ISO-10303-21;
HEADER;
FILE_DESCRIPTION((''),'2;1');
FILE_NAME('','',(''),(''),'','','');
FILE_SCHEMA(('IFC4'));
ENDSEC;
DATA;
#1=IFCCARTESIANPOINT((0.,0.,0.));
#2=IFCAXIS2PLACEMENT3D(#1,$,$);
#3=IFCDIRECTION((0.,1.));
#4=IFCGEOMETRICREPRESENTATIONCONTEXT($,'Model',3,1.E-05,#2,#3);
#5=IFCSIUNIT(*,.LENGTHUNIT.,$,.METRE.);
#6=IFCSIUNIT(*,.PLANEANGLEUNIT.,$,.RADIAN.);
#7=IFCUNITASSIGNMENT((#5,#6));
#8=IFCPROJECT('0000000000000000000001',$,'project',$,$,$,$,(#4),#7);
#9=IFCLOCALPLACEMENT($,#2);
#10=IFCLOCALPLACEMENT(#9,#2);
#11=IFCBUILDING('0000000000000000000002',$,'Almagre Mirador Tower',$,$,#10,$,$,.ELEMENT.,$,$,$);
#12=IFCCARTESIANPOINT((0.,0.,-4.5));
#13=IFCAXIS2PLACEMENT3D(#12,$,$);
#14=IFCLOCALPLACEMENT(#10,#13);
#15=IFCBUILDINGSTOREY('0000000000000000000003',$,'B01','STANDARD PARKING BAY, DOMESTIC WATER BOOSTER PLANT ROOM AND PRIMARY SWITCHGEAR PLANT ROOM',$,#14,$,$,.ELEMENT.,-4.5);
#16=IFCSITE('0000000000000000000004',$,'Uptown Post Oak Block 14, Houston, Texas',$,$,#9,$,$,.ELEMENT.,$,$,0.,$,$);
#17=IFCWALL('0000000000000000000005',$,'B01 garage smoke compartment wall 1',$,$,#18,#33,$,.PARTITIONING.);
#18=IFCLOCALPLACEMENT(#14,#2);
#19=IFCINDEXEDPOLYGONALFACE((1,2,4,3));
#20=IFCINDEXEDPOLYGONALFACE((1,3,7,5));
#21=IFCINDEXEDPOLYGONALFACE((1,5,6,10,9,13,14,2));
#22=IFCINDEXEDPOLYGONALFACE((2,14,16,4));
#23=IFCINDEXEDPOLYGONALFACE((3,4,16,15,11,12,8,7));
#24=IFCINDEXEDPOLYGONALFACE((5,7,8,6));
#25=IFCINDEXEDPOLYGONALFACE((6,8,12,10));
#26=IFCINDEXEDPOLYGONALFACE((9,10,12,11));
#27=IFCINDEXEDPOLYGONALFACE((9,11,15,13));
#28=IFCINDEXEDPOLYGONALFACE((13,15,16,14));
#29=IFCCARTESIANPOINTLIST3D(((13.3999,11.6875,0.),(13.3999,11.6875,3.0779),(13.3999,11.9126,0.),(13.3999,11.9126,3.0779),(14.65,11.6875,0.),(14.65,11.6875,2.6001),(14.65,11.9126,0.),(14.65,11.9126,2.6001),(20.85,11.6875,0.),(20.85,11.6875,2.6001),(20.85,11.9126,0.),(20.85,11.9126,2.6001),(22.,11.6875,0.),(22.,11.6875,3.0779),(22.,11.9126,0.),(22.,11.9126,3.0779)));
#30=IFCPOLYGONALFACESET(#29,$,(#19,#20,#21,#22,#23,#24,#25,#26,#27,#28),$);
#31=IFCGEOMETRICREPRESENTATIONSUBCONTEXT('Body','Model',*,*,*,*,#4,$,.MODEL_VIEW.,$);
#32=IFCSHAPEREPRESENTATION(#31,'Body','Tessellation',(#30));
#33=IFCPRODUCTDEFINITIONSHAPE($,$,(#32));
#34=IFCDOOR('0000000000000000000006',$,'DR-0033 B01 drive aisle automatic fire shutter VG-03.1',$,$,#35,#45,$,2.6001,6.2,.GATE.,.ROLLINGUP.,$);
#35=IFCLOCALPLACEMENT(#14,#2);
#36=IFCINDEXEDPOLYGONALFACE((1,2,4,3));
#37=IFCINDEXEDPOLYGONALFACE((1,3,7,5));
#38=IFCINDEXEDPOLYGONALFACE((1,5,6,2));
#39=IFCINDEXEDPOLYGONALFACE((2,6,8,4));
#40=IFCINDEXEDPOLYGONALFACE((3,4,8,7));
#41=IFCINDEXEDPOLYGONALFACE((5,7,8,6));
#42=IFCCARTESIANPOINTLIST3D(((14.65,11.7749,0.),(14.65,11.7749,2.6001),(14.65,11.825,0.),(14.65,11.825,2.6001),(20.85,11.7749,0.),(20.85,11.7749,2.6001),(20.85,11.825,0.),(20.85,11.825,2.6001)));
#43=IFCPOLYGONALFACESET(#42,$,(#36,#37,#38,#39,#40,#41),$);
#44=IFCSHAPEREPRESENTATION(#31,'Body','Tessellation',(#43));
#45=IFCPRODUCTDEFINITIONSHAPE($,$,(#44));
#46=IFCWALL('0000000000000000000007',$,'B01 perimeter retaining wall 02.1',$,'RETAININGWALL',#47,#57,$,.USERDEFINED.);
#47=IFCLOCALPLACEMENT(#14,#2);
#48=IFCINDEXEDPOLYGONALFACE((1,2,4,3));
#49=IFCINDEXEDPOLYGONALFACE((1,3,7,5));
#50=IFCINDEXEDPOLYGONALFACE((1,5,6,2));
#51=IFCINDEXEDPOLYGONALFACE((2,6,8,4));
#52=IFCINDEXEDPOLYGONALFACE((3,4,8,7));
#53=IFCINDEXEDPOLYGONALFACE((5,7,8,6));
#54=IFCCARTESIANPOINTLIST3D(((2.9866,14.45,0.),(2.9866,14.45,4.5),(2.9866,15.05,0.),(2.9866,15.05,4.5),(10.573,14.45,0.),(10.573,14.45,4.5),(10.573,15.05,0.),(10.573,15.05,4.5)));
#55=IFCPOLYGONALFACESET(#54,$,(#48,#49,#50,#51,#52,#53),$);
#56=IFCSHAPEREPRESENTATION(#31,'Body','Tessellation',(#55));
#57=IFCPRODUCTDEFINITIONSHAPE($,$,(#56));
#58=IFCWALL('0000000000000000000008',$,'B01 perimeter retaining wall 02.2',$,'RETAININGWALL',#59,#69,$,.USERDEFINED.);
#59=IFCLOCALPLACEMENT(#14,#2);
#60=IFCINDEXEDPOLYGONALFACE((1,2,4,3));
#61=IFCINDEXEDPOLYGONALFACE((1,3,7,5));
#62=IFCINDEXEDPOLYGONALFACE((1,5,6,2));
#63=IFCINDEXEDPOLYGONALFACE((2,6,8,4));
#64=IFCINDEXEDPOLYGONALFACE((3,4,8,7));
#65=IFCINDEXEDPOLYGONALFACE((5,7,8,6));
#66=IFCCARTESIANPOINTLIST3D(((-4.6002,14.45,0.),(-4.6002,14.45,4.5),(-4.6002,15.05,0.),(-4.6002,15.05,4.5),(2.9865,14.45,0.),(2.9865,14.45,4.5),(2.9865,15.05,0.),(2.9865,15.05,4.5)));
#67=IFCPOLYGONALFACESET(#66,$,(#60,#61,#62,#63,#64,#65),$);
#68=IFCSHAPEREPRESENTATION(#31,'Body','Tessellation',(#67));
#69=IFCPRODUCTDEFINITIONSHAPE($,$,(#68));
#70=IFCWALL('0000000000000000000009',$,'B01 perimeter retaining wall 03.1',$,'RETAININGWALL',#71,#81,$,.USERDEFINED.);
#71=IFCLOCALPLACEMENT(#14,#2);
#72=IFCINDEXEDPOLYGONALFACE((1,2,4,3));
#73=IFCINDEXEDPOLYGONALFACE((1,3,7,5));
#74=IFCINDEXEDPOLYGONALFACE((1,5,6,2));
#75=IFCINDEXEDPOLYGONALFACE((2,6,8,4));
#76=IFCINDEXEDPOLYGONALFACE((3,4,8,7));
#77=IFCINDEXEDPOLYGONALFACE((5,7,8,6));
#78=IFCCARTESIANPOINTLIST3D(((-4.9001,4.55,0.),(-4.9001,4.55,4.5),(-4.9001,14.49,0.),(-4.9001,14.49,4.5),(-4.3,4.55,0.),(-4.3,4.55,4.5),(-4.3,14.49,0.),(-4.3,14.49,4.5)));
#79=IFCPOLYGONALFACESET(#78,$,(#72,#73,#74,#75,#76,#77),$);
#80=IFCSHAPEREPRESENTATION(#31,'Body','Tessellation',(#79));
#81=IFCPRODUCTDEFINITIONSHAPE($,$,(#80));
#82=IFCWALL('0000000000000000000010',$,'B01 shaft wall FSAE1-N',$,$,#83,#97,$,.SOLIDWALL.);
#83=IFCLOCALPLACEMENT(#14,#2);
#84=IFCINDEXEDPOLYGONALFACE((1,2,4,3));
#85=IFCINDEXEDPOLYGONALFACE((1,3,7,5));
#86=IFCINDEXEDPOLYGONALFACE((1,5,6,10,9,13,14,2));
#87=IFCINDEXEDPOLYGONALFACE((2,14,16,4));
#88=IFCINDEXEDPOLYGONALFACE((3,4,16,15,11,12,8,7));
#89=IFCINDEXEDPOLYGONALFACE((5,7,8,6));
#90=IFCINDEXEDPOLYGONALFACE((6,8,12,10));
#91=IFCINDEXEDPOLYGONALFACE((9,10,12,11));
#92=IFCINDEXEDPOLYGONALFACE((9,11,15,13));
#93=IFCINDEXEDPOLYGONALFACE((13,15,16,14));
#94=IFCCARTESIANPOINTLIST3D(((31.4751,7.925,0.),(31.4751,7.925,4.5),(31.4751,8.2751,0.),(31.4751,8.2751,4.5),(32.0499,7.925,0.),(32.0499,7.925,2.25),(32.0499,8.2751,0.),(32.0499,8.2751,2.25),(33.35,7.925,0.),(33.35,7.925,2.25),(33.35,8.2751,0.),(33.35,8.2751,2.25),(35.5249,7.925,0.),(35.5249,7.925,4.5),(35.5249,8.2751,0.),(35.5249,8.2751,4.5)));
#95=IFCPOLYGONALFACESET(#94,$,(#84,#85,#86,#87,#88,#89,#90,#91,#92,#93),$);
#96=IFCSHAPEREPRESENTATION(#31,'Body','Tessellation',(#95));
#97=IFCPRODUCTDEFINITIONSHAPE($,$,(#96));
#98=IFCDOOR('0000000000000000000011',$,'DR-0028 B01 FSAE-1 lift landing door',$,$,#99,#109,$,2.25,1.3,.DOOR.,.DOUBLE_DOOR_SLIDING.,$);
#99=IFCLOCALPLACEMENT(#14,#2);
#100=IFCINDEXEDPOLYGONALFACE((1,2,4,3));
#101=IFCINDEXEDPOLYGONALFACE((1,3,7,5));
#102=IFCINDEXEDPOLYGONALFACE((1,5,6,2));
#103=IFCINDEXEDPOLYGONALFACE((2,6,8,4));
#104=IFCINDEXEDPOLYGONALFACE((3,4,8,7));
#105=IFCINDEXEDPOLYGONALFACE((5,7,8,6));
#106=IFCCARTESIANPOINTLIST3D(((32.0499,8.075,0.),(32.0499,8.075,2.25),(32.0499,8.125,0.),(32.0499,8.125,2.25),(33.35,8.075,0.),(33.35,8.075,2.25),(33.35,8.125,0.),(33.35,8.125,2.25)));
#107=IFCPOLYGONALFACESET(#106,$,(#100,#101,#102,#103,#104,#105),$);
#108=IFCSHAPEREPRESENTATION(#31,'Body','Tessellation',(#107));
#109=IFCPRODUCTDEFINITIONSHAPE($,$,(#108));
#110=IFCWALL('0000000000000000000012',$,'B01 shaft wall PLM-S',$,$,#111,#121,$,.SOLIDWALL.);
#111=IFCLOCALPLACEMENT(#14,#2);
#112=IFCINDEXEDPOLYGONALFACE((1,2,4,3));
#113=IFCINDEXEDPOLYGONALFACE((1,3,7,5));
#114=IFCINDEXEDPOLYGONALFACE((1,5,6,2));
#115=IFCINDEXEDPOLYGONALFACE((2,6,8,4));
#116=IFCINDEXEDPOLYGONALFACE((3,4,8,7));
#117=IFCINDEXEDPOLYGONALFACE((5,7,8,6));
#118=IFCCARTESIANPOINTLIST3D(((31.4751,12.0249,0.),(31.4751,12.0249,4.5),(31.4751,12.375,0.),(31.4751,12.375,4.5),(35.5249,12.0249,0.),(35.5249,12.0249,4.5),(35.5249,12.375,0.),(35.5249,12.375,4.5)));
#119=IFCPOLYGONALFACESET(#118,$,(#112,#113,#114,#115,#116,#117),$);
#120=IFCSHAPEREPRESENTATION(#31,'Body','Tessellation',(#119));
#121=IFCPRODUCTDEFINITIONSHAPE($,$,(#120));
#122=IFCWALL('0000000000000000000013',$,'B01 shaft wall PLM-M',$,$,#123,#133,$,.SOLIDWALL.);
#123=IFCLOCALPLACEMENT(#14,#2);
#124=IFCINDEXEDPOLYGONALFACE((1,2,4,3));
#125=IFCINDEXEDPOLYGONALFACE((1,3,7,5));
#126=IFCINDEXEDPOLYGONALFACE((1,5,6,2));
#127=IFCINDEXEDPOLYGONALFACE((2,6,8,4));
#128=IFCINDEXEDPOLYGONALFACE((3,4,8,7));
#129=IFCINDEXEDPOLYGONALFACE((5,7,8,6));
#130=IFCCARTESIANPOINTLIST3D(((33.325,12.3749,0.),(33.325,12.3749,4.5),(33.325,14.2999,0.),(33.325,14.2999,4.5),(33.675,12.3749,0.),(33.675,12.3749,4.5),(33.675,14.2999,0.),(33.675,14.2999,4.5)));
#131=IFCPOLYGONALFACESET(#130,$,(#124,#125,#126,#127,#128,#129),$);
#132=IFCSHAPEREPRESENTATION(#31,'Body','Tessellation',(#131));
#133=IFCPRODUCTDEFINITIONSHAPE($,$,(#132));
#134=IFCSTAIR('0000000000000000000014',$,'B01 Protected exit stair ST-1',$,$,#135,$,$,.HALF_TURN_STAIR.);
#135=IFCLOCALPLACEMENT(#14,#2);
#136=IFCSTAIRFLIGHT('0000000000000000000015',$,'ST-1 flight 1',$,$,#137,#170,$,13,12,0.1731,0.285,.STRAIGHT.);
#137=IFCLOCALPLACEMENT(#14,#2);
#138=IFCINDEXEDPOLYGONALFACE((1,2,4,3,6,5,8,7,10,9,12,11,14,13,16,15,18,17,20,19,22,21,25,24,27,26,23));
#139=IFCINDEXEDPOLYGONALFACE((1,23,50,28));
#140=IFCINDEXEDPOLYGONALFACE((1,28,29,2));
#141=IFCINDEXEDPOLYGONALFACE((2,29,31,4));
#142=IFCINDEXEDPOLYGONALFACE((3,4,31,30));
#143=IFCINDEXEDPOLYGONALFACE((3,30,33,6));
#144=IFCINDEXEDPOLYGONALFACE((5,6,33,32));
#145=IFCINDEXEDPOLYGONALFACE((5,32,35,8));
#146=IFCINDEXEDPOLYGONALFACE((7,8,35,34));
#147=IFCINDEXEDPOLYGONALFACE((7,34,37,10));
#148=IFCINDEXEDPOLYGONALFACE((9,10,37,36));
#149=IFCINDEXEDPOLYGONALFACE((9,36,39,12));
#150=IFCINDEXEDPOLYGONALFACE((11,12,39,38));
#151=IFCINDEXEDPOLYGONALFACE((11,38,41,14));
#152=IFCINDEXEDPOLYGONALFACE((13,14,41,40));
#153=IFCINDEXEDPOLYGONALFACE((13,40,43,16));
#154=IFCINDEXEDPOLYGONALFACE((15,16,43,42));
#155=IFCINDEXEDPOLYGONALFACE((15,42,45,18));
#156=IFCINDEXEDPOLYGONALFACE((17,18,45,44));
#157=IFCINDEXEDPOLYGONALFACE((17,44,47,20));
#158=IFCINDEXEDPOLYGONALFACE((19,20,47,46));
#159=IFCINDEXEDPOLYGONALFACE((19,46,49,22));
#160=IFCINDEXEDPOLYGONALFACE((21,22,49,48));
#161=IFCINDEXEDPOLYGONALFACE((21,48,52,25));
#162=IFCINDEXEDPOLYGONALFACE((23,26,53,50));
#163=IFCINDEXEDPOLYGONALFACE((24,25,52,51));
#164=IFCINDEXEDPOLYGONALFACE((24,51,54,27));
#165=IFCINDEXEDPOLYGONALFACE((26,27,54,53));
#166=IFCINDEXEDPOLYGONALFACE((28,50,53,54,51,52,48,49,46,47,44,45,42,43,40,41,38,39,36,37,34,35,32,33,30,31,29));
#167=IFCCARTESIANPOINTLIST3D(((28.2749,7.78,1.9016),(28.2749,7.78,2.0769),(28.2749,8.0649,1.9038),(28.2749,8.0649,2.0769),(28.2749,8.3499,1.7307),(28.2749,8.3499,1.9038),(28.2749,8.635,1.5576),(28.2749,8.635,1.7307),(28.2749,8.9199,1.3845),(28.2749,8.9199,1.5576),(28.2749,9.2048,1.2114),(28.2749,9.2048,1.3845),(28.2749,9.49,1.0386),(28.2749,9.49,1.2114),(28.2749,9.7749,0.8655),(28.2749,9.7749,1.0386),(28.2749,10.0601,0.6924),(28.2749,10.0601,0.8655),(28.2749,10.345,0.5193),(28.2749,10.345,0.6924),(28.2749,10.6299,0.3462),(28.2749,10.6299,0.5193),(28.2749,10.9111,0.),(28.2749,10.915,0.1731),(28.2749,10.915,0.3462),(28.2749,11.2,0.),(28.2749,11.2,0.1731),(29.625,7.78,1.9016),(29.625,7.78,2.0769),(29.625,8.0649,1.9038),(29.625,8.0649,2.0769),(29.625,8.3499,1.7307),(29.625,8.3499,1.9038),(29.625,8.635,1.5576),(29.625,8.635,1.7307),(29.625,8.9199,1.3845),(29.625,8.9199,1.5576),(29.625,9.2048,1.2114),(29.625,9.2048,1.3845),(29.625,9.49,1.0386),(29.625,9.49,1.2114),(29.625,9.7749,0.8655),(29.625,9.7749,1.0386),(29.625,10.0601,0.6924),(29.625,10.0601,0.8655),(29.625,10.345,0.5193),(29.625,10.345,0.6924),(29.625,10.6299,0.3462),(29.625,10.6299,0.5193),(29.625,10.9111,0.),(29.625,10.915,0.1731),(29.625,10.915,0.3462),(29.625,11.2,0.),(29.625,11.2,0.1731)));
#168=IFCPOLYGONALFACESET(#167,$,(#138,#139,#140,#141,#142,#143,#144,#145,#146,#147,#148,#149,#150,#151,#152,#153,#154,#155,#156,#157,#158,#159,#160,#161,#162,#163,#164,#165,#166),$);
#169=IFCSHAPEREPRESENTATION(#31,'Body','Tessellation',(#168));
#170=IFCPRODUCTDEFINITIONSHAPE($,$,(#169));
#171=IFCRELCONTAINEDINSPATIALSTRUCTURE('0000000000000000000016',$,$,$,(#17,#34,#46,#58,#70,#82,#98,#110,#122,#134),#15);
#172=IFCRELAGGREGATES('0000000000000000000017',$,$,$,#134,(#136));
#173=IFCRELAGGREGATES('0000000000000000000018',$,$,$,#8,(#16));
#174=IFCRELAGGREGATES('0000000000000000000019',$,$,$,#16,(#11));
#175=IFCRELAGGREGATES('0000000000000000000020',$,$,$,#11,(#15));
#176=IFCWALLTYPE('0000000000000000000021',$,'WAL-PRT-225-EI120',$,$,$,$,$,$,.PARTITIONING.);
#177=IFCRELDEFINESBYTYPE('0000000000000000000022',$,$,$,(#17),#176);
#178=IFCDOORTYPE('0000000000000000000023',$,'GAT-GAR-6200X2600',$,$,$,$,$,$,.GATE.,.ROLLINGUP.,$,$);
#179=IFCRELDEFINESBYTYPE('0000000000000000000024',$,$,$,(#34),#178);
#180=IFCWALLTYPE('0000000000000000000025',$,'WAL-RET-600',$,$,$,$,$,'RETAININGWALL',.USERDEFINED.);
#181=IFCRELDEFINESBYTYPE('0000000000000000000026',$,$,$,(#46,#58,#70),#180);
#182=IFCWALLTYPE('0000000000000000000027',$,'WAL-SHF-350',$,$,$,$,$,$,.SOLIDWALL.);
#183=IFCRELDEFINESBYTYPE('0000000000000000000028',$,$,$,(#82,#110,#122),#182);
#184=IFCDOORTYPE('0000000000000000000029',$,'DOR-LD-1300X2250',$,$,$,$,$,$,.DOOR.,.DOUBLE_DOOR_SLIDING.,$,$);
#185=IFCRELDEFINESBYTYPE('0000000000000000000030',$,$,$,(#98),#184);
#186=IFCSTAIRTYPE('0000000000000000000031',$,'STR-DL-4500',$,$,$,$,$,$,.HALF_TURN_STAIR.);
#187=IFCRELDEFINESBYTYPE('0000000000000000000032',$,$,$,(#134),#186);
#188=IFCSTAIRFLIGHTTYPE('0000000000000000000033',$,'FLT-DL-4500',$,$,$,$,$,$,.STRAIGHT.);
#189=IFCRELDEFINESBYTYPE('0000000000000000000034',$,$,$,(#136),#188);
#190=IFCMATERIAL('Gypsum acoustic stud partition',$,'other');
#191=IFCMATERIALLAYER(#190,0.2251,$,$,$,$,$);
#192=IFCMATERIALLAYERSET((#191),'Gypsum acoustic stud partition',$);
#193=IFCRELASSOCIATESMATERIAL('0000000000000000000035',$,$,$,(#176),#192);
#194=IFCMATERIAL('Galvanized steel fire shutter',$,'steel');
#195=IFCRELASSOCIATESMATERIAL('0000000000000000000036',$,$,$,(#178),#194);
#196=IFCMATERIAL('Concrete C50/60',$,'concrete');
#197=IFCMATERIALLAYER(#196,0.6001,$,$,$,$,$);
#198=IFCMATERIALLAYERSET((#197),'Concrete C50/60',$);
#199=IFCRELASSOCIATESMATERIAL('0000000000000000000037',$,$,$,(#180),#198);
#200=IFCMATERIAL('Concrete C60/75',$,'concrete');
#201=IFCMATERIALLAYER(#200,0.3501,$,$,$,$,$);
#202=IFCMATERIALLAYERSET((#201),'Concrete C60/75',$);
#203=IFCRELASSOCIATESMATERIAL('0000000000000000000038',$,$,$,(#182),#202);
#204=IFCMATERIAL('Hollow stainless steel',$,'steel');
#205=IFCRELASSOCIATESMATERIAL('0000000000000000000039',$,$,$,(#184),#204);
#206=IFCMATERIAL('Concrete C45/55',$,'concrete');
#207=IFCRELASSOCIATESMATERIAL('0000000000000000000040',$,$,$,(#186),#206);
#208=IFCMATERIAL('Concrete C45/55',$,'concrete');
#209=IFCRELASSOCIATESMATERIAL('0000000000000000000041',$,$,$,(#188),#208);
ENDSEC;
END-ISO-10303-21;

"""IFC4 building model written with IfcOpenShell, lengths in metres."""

from ifc_helpers import new_model, si_unit, direction, frame, frame_2d, origin, place, context, subcontext, project, spatial, polyline, rectangle, outline, extrude, material, layer, layer_set, type_object, element, fill, aggregate, save


model = new_model("IFC4")

# Units and contexts
model_context = context("Model", 3, precision=1e-05, world=origin(), true_north=direction((0.0, 1.0)))
body_context = subcontext(model_context, "Body", "Model", "MODEL_VIEW")
ifc_project = project(units=[si_unit("LENGTHUNIT", "METRE"), si_unit("PLANEANGLEUNIT", "RADIAN")], contexts=[model_context])

# Site, building, storey
site_placement = place(None, origin())
site = spatial("IfcSite", under=ifc_project, at=site_placement, Name="Uptown Post Oak Block 14, Houston, Texas", CompositionType="ELEMENT", RefElevation=0.0)
building_placement = place(site_placement, origin())
building = spatial("IfcBuilding", under=site, at=building_placement, Name="Almagre Mirador Tower", CompositionType="ELEMENT")
storey_placement = place(building_placement, frame((0.0, 0.0, -4.5)))
storey = spatial("IfcBuildingStorey", under=building, at=storey_placement, Name="B01", Description="STANDARD PARKING BAY, DOMESTIC WATER BOOSTER PLANT ROOM AND PRIMARY SWITCHGEAR PLANT ROOM", CompositionType="ELEMENT", Elevation=-4.5)

# Wall, opening, door
ifc_material_1 = material(Name="Gypsum acoustic stud partition", Category="other")
ifc_layer_1 = layer(ifc_material_1, 0.2251)
ifc_layer_set_1 = layer_set([ifc_layer_1], Name="Gypsum acoustic stud partition")
wall_type_1 = type_object("IfcWallType", Name="WAL-PRT-225-EI120", PredefinedType="PARTITIONING", material=ifc_layer_set_1)
wall_1_placement = place(storey_placement, frame((13.3999, 11.8, 0.0), z_axis=(0.0, 0.0, 1.0), x_axis=(1.0, 0.0, 0.0)))
wall_1 = element("IfcWall", 1, at=wall_1_placement, inside=storey, type_object=wall_type_1, Name="B01 garage smoke compartment wall 1", PredefinedType="PARTITIONING", context=body_context, shape_type="SweptSolid", body=[
    extrude(rectangle(XDim=8.6001, YDim=0.2251, at=frame_2d((4.3, 0.0))), origin(), (0.0, 0.0, 1.0), 3.0779),
])
opening_1_placement = place(wall_1_placement, frame((1.25, 0.0, 0.0)))
opening_1 = element("IfcOpeningElement", 2, at=opening_1_placement, cuts=wall_1, PredefinedType="OPENING", context=body_context, shape_type="SweptSolid", body=[
    extrude(rectangle(XDim=6.2, YDim=2.6001, at=frame_2d((3.1001, 1.3))), frame((0.0, 0.1225, 0.0), z_axis=(0.0, -1.0, 0.0), x_axis=(1.0, 0.0, 0.0)), (0.0, 0.0, 1.0), 0.2451),
])
ifc_material_2 = material(Name="Galvanized steel fire shutter", Category="steel")
door_type_1 = type_object("IfcDoorType", Name="GAT-GAR-6200X2600", OperationType="ROLLINGUP", PredefinedType="GATE", material=ifc_material_2)
door_1_placement = place(opening_1_placement, origin())
door_1 = element("IfcDoor", 3, at=door_1_placement, inside=storey, type_object=door_type_1, Name="DR-0033 B01 drive aisle automatic fire shutter VG-03.1", OperationType="ROLLINGUP", OverallHeight=2.6001, OverallWidth=6.2, PredefinedType="GATE", context=body_context, shape_type="SweptSolid", body=[
    extrude(rectangle(XDim=6.2, YDim=2.6001, at=frame_2d((3.1001, 1.3))), frame((0.0, 0.0249, 0.0), z_axis=(0.0, -1.0, 0.0), x_axis=(1.0, 0.0, 0.0)), (0.0, 0.0, 1.0), 0.05),
])
fill(opening_1, door_1)

# Walls
ifc_material_3 = material(Name="Concrete C50/60", Category="concrete")
ifc_layer_2 = layer(ifc_material_3, 0.6001)
ifc_layer_set_2 = layer_set([ifc_layer_2], Name="Concrete C50/60")
wall_type_2 = type_object("IfcWallType", Name="WAL-RET-600", ElementType="RETAININGWALL", PredefinedType="USERDEFINED", material=ifc_layer_set_2)
wall_2_placement = place(storey_placement, frame((10.573, 14.75, 0.0), z_axis=(0.0, 0.0, 1.0), x_axis=(-1.0, 0.0, 0.0)))
element("IfcWall", 4, at=wall_2_placement, inside=storey, type_object=wall_type_2, Name="B01 perimeter retaining wall 02.1", ObjectType="RETAININGWALL", PredefinedType="USERDEFINED", context=body_context, shape_type="SweptSolid", body=[
    extrude(rectangle(XDim=7.5864, YDim=0.6001, at=frame_2d((3.7932, 0.0))), origin(), (0.0, 0.0, 1.0), 4.5),
])
wall_3_placement = place(storey_placement, frame((2.9866, 14.75, 0.0), z_axis=(0.0, 0.0, 1.0), x_axis=(-1.0, 0.0, 0.0)))
element("IfcWall", 5, at=wall_3_placement, inside=storey, type_object=wall_type_2, Name="B01 perimeter retaining wall 02.2", ObjectType="RETAININGWALL", PredefinedType="USERDEFINED", context=body_context, shape_type="SweptSolid", body=[
    extrude(rectangle(XDim=7.5867, YDim=0.6001, at=frame_2d((3.7935, 0.0))), origin(), (0.0, 0.0, 1.0), 4.5),
])
wall_4_placement = place(storey_placement, frame((-4.6001, 14.49, 0.0), z_axis=(0.0, 0.0, 1.0), x_axis=(0.0, -1.0, 0.0)))
element("IfcWall", 6, at=wall_4_placement, inside=storey, type_object=wall_type_2, Name="B01 perimeter retaining wall 03.1", ObjectType="RETAININGWALL", PredefinedType="USERDEFINED", context=body_context, shape_type="SweptSolid", body=[
    extrude(rectangle(XDim=9.9399, YDim=0.6001, at=frame_2d((4.97, 0.0))), origin(), (0.0, 0.0, 1.0), 4.5),
])

# Wall, opening, door
ifc_material_4 = material(Name="Concrete C60/75", Category="concrete")
ifc_layer_3 = layer(ifc_material_4, 0.3501)
ifc_layer_set_3 = layer_set([ifc_layer_3], Name="Concrete C60/75")
wall_type_3 = type_object("IfcWallType", Name="WAL-SHF-350", PredefinedType="SOLIDWALL", material=ifc_layer_set_3)
wall_5_placement = place(storey_placement, frame((31.4751, 8.1001, 0.0), z_axis=(0.0, 0.0, 1.0), x_axis=(1.0, 0.0, 0.0)))
wall_5 = element("IfcWall", 7, at=wall_5_placement, inside=storey, type_object=wall_type_3, Name="B01 shaft wall FSAE1-N", PredefinedType="SOLIDWALL", context=body_context, shape_type="SweptSolid", body=[
    extrude(rectangle(XDim=4.0498, YDim=0.3501, at=frame_2d((2.0249, 0.0))), origin(), (0.0, 0.0, 1.0), 4.5),
])
opening_2_placement = place(wall_5_placement, frame((0.575, 0.0, 0.0)))
opening_2 = element("IfcOpeningElement", 8, at=opening_2_placement, cuts=wall_5, PredefinedType="OPENING", context=body_context, shape_type="SweptSolid", body=[
    extrude(rectangle(XDim=1.3, YDim=2.25, at=frame_2d((0.6499, 1.125))), frame((0.0, 0.185, 0.0), z_axis=(0.0, -1.0, 0.0), x_axis=(1.0, 0.0, 0.0)), (0.0, 0.0, 1.0), 0.3701),
])
ifc_material_5 = material(Name="Hollow stainless steel", Category="steel")
door_type_2 = type_object("IfcDoorType", Name="DOR-LD-1300X2250", OperationType="DOUBLE_DOOR_SLIDING", PredefinedType="DOOR", material=ifc_material_5)
door_2_placement = place(opening_2_placement, origin())
door_2 = element("IfcDoor", 9, at=door_2_placement, inside=storey, type_object=door_type_2, Name="DR-0028 B01 FSAE-1 lift landing door", OperationType="DOUBLE_DOOR_SLIDING", OverallHeight=2.25, OverallWidth=1.3, PredefinedType="DOOR", context=body_context, shape_type="SweptSolid", body=[
    extrude(rectangle(XDim=1.3, YDim=2.25, at=frame_2d((0.6499, 1.125))), frame((0.0, 0.0249, 0.0), z_axis=(0.0, -1.0, 0.0), x_axis=(1.0, 0.0, 0.0)), (0.0, 0.0, 1.0), 0.05),
])
fill(opening_2, door_2)

# Walls
wall_6_placement = place(storey_placement, frame((31.4751, 12.2, 0.0), z_axis=(0.0, 0.0, 1.0), x_axis=(1.0, 0.0, 0.0)))
element("IfcWall", 10, at=wall_6_placement, inside=storey, type_object=wall_type_3, Name="B01 shaft wall PLM-S", PredefinedType="SOLIDWALL", context=body_context, shape_type="SweptSolid", body=[
    extrude(rectangle(XDim=4.0498, YDim=0.3501, at=frame_2d((2.0249, 0.0))), origin(), (0.0, 0.0, 1.0), 4.5),
])
wall_7_placement = place(storey_placement, frame((33.5, 12.375, 0.0), z_axis=(0.0, 0.0, 1.0), x_axis=(0.0, 1.0, 0.0)))
element("IfcWall", 11, at=wall_7_placement, inside=storey, type_object=wall_type_3, Name="B01 shaft wall PLM-M", PredefinedType="SOLIDWALL", context=body_context, shape_type="SweptSolid", body=[
    extrude(rectangle(XDim=1.925, YDim=0.3501, at=frame_2d((0.9624, 0.0))), origin(), (0.0, 0.0, 1.0), 4.5),
])

# Stair, stair flight
ifc_material_6 = material(Name="Concrete C45/55", Category="concrete")
stair_type = type_object("IfcStairType", Name="STR-DL-4500", PredefinedType="HALF_TURN_STAIR", material=ifc_material_6)
stair_placement = place(storey_placement, origin())
stair = element("IfcStair", 12, at=stair_placement, inside=storey, type_object=stair_type, Name="B01 Protected exit stair ST-1", PredefinedType="HALF_TURN_STAIR")
ifc_material_7 = material(Name="Concrete C45/55", Category="concrete")
stair_flight_type = type_object("IfcStairFlightType", Name="FLT-DL-4500", PredefinedType="STRAIGHT", material=ifc_material_7)
stair_flight_1_placement = place(storey_placement, frame((28.95, 11.2, 0.0), z_axis=(0.0, 0.0, 1.0), x_axis=(0.0, -1.0, 0.0)))
stair_flight_1 = element("IfcStairFlight", 13, at=stair_flight_1_placement, type_object=stair_flight_type, Name="ST-1 flight 1", NumberOfRisers=13, NumberOfTreads=12, PredefinedType="STRAIGHT", RiserHeight=0.1731, TreadLength=0.285, context=body_context, shape_type="SweptSolid", body=[
    extrude(outline(polyline([(0.0, 0.0), (0.0, 0.1731), (0.2849, 0.1731), (0.2849, 0.3462), (0.5701, 0.3462), (0.5701, 0.5193), (0.855, 0.5193), (0.855, 0.6924), (1.1399, 0.6924), (1.1399, 0.8655), (1.425, 0.8655), (1.425, 1.0386), (1.71, 1.0386), (1.71, 1.2114), (1.9951, 1.2114), (1.9951, 1.3845), (2.28, 1.3845), (2.28, 1.5576), (2.5649, 1.5576), (2.5649, 1.7307), (2.8501, 1.7307), (2.8501, 1.9038), (3.135, 1.9038), (3.135, 2.0769), (3.4199, 2.0769), (3.4199, 2.25), (3.4199, 1.9016), (0.2888, 0.0), (0.0, 0.0)])), frame((0.0, 0.675, 0.0), z_axis=(0.0, -1.0, 0.0), x_axis=(1.0, 0.0, 0.0)), (0.0, 0.0, 1.0), 1.3501),
])
aggregate(stair, [stair_flight_1])

save(model, "model.ifc")
